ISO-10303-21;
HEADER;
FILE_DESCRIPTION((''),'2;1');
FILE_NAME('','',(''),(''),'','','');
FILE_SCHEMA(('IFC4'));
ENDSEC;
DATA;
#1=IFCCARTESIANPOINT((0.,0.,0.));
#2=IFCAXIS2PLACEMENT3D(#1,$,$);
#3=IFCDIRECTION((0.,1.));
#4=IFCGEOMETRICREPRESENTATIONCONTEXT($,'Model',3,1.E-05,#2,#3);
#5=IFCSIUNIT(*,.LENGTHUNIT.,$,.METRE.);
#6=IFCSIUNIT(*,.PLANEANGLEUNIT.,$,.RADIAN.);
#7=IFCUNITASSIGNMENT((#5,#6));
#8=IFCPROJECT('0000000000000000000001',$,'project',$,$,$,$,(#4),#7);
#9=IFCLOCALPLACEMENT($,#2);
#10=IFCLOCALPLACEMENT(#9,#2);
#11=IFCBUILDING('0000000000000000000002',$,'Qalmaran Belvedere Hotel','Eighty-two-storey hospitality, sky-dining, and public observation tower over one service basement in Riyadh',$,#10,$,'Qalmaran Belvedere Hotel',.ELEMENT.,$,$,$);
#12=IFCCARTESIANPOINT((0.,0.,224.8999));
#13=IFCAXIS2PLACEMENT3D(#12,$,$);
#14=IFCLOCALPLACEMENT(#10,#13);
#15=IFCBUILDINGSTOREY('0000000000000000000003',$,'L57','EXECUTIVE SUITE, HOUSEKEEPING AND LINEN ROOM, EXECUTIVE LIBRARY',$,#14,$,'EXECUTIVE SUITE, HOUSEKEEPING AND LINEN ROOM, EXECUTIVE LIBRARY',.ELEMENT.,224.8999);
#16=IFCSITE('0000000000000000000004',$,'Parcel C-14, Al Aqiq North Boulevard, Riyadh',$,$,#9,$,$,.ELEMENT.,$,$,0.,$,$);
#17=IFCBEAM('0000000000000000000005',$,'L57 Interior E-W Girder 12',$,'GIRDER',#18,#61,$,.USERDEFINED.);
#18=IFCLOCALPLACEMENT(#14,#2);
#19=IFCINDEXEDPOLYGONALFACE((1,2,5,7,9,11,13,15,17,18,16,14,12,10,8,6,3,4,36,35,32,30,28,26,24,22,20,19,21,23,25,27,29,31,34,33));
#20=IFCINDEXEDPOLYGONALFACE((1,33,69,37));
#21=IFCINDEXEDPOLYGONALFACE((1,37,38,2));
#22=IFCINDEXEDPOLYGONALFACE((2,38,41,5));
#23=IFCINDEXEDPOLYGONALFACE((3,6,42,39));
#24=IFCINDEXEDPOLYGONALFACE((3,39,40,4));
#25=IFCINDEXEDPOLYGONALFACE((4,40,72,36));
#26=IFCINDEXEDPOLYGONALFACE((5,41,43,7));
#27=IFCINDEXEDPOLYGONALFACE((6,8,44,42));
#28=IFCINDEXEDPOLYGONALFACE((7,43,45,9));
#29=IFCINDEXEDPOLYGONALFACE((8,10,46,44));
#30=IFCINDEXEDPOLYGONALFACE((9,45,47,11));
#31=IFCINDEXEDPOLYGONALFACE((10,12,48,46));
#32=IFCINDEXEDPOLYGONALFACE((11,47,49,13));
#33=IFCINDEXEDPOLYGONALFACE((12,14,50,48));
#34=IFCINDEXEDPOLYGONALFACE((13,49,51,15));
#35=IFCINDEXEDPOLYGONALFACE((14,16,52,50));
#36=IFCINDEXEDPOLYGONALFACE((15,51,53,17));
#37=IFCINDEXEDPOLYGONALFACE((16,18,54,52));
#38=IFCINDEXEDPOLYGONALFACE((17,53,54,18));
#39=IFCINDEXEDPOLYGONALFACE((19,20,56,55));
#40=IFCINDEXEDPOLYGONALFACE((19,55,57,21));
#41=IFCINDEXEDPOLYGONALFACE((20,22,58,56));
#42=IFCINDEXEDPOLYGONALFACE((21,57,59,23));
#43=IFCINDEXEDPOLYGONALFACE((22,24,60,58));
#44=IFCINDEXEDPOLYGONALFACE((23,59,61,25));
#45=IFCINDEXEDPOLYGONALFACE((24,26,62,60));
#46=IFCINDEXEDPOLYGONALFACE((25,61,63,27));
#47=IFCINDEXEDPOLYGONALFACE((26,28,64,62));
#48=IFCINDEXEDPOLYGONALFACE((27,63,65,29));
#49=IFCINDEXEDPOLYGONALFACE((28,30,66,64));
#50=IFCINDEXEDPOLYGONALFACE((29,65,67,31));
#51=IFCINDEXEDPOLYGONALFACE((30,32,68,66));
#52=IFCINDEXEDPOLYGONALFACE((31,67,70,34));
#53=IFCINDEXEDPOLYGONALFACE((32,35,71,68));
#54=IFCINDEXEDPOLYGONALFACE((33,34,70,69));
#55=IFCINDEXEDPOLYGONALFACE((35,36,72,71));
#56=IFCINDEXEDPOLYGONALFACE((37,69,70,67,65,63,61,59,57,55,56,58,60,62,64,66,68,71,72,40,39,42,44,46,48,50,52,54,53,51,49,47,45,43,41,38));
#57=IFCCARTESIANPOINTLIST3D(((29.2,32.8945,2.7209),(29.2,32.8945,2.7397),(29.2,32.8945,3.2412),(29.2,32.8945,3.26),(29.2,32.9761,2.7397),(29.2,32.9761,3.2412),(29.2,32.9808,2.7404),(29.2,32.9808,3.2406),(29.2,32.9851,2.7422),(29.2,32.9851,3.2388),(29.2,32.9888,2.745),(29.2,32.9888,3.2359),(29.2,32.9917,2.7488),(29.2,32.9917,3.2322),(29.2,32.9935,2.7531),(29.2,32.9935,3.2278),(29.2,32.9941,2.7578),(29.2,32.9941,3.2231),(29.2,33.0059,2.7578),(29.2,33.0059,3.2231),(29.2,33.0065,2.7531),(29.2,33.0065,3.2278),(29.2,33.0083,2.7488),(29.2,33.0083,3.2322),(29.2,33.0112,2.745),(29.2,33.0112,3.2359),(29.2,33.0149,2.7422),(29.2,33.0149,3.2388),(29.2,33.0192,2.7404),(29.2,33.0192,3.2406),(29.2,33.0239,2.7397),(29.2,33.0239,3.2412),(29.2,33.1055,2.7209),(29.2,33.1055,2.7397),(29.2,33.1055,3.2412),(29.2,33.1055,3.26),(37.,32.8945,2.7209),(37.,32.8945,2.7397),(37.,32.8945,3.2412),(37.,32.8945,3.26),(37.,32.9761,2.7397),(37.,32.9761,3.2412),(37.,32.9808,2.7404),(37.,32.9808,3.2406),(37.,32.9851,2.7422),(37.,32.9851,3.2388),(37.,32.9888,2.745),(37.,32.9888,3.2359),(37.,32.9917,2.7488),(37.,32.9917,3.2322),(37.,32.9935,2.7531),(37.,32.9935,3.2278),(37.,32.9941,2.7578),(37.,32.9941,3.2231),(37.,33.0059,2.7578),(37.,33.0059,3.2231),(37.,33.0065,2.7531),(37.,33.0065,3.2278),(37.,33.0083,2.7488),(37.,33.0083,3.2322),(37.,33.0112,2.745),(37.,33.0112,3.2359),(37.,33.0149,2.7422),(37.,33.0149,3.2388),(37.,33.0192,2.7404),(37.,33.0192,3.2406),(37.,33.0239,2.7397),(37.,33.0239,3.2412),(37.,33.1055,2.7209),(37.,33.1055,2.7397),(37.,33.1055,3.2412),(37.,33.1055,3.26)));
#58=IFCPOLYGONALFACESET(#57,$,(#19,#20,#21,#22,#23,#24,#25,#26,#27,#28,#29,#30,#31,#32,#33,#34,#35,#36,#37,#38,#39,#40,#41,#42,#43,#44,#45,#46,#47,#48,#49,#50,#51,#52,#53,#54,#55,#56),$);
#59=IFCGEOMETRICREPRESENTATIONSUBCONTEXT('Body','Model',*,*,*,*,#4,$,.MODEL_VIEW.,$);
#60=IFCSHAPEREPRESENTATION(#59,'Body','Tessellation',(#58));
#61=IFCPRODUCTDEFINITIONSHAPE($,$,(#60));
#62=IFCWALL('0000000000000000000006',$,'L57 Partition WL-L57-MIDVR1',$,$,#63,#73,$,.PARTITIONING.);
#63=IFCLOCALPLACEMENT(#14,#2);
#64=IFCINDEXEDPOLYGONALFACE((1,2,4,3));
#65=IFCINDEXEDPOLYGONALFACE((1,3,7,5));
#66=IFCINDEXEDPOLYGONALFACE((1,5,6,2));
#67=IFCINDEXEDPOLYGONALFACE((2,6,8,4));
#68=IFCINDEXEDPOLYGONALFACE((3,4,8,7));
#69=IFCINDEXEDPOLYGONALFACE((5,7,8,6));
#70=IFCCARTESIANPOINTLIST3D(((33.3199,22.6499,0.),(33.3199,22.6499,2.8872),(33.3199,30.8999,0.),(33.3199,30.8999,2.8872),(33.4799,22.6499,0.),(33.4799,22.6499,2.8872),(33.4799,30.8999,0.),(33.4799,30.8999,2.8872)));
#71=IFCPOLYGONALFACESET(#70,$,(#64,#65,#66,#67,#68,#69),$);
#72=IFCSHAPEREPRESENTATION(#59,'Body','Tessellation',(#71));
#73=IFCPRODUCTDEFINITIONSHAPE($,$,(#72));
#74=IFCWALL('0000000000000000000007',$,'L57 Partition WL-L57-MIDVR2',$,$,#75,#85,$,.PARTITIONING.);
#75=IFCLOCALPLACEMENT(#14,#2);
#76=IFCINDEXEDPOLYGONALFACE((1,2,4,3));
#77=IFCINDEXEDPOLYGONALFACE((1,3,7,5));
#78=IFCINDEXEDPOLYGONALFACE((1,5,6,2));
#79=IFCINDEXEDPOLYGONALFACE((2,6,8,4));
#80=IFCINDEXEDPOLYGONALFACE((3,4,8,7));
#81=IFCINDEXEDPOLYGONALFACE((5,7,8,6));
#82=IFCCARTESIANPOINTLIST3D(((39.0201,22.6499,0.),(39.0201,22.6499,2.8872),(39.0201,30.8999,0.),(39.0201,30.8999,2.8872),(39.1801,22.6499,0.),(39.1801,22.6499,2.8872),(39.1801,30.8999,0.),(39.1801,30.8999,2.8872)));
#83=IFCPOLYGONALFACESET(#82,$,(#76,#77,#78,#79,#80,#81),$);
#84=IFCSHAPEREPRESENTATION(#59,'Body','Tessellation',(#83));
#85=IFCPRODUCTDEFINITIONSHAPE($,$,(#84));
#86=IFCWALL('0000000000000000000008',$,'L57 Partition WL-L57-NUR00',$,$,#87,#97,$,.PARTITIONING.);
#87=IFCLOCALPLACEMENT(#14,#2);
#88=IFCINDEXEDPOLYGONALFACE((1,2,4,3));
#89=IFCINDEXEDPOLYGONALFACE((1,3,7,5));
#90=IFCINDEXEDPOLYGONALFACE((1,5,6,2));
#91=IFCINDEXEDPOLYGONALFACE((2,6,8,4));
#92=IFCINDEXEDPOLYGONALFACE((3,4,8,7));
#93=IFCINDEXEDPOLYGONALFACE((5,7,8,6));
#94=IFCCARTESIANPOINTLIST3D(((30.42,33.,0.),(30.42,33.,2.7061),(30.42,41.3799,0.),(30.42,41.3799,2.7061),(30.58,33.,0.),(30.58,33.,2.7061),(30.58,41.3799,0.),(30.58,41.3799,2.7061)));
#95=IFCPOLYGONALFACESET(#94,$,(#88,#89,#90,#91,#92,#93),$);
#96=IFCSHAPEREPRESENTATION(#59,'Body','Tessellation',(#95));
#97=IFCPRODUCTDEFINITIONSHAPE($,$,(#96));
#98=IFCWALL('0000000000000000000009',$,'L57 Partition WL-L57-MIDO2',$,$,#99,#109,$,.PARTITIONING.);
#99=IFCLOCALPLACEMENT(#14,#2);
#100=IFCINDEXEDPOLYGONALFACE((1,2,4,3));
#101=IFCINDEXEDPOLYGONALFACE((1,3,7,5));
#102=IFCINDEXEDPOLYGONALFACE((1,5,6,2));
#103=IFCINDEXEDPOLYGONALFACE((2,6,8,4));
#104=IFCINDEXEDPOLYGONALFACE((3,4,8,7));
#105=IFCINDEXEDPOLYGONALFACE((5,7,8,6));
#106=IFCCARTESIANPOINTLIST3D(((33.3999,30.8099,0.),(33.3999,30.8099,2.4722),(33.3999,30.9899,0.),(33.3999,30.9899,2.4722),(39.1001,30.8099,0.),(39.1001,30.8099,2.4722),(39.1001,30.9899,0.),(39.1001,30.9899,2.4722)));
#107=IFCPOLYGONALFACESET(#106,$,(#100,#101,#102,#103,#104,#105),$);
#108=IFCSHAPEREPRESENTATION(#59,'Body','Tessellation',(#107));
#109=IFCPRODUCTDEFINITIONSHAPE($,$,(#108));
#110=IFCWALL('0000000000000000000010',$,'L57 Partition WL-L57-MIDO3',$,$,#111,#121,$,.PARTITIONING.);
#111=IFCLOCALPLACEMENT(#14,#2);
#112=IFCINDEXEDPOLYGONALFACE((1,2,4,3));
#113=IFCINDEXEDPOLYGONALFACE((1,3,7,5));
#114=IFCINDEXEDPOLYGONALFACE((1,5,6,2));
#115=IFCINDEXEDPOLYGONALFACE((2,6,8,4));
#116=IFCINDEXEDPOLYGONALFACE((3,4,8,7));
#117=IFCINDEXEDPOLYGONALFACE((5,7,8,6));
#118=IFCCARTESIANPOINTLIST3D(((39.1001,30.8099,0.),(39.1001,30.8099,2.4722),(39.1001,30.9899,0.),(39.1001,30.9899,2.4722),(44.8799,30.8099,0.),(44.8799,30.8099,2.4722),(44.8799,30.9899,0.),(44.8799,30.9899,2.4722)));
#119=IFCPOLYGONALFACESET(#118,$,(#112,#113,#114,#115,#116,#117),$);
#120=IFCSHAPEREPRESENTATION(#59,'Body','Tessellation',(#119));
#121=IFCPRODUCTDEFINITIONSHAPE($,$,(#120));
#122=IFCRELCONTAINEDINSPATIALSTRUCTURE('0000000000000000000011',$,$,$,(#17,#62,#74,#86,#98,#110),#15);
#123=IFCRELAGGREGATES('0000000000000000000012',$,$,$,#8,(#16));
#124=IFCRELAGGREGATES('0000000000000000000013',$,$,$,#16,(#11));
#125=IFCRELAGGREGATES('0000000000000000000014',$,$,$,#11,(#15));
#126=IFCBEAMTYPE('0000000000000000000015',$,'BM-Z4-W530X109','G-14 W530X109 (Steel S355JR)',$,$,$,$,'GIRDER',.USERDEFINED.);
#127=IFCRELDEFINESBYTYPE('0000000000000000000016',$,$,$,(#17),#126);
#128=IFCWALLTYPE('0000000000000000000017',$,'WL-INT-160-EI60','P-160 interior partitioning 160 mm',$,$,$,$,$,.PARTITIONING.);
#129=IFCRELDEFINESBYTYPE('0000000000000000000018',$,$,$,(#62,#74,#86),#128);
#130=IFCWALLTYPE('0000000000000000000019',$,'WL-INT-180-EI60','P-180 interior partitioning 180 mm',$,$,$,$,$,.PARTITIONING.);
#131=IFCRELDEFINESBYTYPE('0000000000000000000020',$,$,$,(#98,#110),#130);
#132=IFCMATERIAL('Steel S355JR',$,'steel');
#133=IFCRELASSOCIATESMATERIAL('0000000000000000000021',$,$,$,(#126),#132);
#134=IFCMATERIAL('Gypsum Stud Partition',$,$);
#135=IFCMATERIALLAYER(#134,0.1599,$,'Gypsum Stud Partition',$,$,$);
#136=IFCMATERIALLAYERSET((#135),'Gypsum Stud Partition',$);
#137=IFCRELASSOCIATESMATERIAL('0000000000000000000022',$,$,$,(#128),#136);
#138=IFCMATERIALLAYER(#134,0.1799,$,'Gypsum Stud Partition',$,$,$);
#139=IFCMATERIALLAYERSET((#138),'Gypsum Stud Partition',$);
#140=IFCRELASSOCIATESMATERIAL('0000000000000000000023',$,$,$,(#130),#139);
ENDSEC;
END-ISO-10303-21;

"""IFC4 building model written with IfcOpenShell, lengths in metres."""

from ifc_helpers import new_model, si_unit, direction, frame, frame_2d, origin, origin_2d, place, context, subcontext, project, spatial, rectangle, i_section, extrude, material, layer, layer_set, material_profile, profile_set, type_object, element, save


model = new_model("IFC4")

# Units and contexts
model_context = context("Model", 3, precision=1e-05, world=origin(), true_north=direction((0.0, 1.0)))
body_context = subcontext(model_context, "Body", "Model", "MODEL_VIEW")
ifc_project = project(units=[si_unit("LENGTHUNIT", "METRE"), si_unit("PLANEANGLEUNIT", "RADIAN")], contexts=[model_context])

# Site, building, storey
site_placement = place(None, origin())
site = spatial("IfcSite", under=ifc_project, at=site_placement, Name="Parcel C-14, Al Aqiq North Boulevard, Riyadh", CompositionType="ELEMENT", RefElevation=0.0)
building_placement = place(site_placement, origin())
building = spatial("IfcBuilding", under=site, at=building_placement, Name="Qalmaran Belvedere Hotel", Description="Eighty-two-storey hospitality, sky-dining, and public observation tower over one service basement in Riyadh", LongName="Qalmaran Belvedere Hotel", CompositionType="ELEMENT")
storey_placement = place(building_placement, frame((0.0, 0.0, 224.8999)))
storey = spatial("IfcBuildingStorey", under=building, at=storey_placement, Name="L57", Description="EXECUTIVE SUITE, HOUSEKEEPING AND LINEN ROOM, EXECUTIVE LIBRARY", LongName="EXECUTIVE SUITE, HOUSEKEEPING AND LINEN ROOM, EXECUTIVE LIBRARY", CompositionType="ELEMENT", Elevation=224.8999)

# Beam
ifc_material_1 = material(Name="Steel S355JR", Category="steel")
ifc_material_profile_1 = material_profile(ifc_material_1, i_section(OverallWidth=0.2109, OverallDepth=0.5391, WebThickness=0.0117, FlangeThickness=0.0188, FilletRadius=0.0181, at=origin_2d()), Name="W530X109")
ifc_profile_set_1 = profile_set([ifc_material_profile_1], Name="Steel S355JR")
beam_type_1 = type_object("IfcBeamType", Name="BM-Z4-W530X109", Description="G-14 W530X109 (Steel S355JR)", ElementType="GIRDER", PredefinedType="USERDEFINED", material=ifc_profile_set_1)
for number, where, z_axis, x_axis, name in (
    (1, (29.2, 33.0, 2.9905), (1.0, 0.0, 0.0), (0.0, 1.0, 0.0), "L57 Interior E-W Girder 12"),
):
    element("IfcBeam", number, at=place(storey_placement, frame(where, z_axis=z_axis, x_axis=x_axis)), inside=storey, type_object=beam_type_1, Name=name, ObjectType="GIRDER", PredefinedType="USERDEFINED", context=body_context, shape_type="SweptSolid", body=[
        extrude(i_section(OverallWidth=0.2109, OverallDepth=0.5391, WebThickness=0.0117, FlangeThickness=0.0188, FilletRadius=0.0181, at=origin_2d()), origin(), (0.0, 0.0, 1.0), 7.8),
    ])

# Walls
ifc_material_2 = material(Name="Gypsum Stud Partition")
ifc_layer_1 = layer(ifc_material_2, 0.1599, Name="Gypsum Stud Partition")
ifc_layer_set_1 = layer_set([ifc_layer_1], Name="Gypsum Stud Partition")
wall_type_1 = type_object("IfcWallType", Name="WL-INT-160-EI60", Description="P-160 interior partitioning 160 mm", PredefinedType="PARTITIONING", material=ifc_layer_set_1)
for number, where, z_axis, x_axis, name in (
    (2, (33.3999, 22.6499, 0.0), (0.0, 0.0, 1.0), (0.0, 1.0, 0.0), "L57 Partition WL-L57-MIDVR1"),
    (3, (39.1001, 22.6499, 0.0), (0.0, 0.0, 1.0), (0.0, 1.0, 0.0), "L57 Partition WL-L57-MIDVR2"),
):
    element("IfcWall", number, at=place(storey_placement, frame(where, z_axis=z_axis, x_axis=x_axis)), inside=storey, type_object=wall_type_1, Name=name, PredefinedType="PARTITIONING", context=body_context, shape_type="SweptSolid", body=[
        extrude(rectangle(XDim=8.25, YDim=0.1599, at=frame_2d((4.125, 0.0))), origin(), (0.0, 0.0, 1.0), 2.8872),
    ])
wall_1_placement = place(storey_placement, frame((30.5, 33.0, 0.0), z_axis=(0.0, 0.0, 1.0), x_axis=(0.0, 1.0, 0.0)))
element("IfcWall", 4, at=wall_1_placement, inside=storey, type_object=wall_type_1, Name="L57 Partition WL-L57-NUR00", PredefinedType="PARTITIONING", context=body_context, shape_type="SweptSolid", body=[
    extrude(rectangle(XDim=8.3799, YDim=0.1599, at=frame_2d((4.1899, 0.0))), origin(), (0.0, 0.0, 1.0), 2.7061),
])

# Shared definitions
ifc_layer_2 = layer(ifc_material_2, 0.1799, Name="Gypsum Stud Partition")
ifc_layer_set_2 = layer_set([ifc_layer_2], Name="Gypsum Stud Partition")
wall_type_2 = type_object("IfcWallType", Name="WL-INT-180-EI60", Description="P-180 interior partitioning 180 mm", PredefinedType="PARTITIONING", material=ifc_layer_set_2)

# Wall
wall_2_placement = place(storey_placement, frame((33.3999, 30.8999, 0.0), z_axis=(0.0, 0.0, 1.0), x_axis=(1.0, 0.0, 0.0)))
element("IfcWall", 5, at=wall_2_placement, inside=storey, type_object=wall_type_2, Name="L57 Partition WL-L57-MIDO2", PredefinedType="PARTITIONING", context=body_context, shape_type="SweptSolid", body=[
    extrude(rectangle(XDim=5.7002, YDim=0.1799, at=frame_2d((2.8501, 0.0))), origin(), (0.0, 0.0, 1.0), 2.4722),
])

# Wall
wall_3_placement = place(storey_placement, frame((39.1001, 30.8999, 0.0), z_axis=(0.0, 0.0, 1.0), x_axis=(1.0, 0.0, 0.0)))
element("IfcWall", 6, at=wall_3_placement, inside=storey, type_object=wall_type_2, Name="L57 Partition WL-L57-MIDO3", PredefinedType="PARTITIONING", context=body_context, shape_type="SweptSolid", body=[
    extrude(rectangle(XDim=5.7798, YDim=0.1799, at=frame_2d((2.8899, 0.0))), origin(), (0.0, 0.0, 1.0), 2.4722),
])

save(model, "model.ifc")
